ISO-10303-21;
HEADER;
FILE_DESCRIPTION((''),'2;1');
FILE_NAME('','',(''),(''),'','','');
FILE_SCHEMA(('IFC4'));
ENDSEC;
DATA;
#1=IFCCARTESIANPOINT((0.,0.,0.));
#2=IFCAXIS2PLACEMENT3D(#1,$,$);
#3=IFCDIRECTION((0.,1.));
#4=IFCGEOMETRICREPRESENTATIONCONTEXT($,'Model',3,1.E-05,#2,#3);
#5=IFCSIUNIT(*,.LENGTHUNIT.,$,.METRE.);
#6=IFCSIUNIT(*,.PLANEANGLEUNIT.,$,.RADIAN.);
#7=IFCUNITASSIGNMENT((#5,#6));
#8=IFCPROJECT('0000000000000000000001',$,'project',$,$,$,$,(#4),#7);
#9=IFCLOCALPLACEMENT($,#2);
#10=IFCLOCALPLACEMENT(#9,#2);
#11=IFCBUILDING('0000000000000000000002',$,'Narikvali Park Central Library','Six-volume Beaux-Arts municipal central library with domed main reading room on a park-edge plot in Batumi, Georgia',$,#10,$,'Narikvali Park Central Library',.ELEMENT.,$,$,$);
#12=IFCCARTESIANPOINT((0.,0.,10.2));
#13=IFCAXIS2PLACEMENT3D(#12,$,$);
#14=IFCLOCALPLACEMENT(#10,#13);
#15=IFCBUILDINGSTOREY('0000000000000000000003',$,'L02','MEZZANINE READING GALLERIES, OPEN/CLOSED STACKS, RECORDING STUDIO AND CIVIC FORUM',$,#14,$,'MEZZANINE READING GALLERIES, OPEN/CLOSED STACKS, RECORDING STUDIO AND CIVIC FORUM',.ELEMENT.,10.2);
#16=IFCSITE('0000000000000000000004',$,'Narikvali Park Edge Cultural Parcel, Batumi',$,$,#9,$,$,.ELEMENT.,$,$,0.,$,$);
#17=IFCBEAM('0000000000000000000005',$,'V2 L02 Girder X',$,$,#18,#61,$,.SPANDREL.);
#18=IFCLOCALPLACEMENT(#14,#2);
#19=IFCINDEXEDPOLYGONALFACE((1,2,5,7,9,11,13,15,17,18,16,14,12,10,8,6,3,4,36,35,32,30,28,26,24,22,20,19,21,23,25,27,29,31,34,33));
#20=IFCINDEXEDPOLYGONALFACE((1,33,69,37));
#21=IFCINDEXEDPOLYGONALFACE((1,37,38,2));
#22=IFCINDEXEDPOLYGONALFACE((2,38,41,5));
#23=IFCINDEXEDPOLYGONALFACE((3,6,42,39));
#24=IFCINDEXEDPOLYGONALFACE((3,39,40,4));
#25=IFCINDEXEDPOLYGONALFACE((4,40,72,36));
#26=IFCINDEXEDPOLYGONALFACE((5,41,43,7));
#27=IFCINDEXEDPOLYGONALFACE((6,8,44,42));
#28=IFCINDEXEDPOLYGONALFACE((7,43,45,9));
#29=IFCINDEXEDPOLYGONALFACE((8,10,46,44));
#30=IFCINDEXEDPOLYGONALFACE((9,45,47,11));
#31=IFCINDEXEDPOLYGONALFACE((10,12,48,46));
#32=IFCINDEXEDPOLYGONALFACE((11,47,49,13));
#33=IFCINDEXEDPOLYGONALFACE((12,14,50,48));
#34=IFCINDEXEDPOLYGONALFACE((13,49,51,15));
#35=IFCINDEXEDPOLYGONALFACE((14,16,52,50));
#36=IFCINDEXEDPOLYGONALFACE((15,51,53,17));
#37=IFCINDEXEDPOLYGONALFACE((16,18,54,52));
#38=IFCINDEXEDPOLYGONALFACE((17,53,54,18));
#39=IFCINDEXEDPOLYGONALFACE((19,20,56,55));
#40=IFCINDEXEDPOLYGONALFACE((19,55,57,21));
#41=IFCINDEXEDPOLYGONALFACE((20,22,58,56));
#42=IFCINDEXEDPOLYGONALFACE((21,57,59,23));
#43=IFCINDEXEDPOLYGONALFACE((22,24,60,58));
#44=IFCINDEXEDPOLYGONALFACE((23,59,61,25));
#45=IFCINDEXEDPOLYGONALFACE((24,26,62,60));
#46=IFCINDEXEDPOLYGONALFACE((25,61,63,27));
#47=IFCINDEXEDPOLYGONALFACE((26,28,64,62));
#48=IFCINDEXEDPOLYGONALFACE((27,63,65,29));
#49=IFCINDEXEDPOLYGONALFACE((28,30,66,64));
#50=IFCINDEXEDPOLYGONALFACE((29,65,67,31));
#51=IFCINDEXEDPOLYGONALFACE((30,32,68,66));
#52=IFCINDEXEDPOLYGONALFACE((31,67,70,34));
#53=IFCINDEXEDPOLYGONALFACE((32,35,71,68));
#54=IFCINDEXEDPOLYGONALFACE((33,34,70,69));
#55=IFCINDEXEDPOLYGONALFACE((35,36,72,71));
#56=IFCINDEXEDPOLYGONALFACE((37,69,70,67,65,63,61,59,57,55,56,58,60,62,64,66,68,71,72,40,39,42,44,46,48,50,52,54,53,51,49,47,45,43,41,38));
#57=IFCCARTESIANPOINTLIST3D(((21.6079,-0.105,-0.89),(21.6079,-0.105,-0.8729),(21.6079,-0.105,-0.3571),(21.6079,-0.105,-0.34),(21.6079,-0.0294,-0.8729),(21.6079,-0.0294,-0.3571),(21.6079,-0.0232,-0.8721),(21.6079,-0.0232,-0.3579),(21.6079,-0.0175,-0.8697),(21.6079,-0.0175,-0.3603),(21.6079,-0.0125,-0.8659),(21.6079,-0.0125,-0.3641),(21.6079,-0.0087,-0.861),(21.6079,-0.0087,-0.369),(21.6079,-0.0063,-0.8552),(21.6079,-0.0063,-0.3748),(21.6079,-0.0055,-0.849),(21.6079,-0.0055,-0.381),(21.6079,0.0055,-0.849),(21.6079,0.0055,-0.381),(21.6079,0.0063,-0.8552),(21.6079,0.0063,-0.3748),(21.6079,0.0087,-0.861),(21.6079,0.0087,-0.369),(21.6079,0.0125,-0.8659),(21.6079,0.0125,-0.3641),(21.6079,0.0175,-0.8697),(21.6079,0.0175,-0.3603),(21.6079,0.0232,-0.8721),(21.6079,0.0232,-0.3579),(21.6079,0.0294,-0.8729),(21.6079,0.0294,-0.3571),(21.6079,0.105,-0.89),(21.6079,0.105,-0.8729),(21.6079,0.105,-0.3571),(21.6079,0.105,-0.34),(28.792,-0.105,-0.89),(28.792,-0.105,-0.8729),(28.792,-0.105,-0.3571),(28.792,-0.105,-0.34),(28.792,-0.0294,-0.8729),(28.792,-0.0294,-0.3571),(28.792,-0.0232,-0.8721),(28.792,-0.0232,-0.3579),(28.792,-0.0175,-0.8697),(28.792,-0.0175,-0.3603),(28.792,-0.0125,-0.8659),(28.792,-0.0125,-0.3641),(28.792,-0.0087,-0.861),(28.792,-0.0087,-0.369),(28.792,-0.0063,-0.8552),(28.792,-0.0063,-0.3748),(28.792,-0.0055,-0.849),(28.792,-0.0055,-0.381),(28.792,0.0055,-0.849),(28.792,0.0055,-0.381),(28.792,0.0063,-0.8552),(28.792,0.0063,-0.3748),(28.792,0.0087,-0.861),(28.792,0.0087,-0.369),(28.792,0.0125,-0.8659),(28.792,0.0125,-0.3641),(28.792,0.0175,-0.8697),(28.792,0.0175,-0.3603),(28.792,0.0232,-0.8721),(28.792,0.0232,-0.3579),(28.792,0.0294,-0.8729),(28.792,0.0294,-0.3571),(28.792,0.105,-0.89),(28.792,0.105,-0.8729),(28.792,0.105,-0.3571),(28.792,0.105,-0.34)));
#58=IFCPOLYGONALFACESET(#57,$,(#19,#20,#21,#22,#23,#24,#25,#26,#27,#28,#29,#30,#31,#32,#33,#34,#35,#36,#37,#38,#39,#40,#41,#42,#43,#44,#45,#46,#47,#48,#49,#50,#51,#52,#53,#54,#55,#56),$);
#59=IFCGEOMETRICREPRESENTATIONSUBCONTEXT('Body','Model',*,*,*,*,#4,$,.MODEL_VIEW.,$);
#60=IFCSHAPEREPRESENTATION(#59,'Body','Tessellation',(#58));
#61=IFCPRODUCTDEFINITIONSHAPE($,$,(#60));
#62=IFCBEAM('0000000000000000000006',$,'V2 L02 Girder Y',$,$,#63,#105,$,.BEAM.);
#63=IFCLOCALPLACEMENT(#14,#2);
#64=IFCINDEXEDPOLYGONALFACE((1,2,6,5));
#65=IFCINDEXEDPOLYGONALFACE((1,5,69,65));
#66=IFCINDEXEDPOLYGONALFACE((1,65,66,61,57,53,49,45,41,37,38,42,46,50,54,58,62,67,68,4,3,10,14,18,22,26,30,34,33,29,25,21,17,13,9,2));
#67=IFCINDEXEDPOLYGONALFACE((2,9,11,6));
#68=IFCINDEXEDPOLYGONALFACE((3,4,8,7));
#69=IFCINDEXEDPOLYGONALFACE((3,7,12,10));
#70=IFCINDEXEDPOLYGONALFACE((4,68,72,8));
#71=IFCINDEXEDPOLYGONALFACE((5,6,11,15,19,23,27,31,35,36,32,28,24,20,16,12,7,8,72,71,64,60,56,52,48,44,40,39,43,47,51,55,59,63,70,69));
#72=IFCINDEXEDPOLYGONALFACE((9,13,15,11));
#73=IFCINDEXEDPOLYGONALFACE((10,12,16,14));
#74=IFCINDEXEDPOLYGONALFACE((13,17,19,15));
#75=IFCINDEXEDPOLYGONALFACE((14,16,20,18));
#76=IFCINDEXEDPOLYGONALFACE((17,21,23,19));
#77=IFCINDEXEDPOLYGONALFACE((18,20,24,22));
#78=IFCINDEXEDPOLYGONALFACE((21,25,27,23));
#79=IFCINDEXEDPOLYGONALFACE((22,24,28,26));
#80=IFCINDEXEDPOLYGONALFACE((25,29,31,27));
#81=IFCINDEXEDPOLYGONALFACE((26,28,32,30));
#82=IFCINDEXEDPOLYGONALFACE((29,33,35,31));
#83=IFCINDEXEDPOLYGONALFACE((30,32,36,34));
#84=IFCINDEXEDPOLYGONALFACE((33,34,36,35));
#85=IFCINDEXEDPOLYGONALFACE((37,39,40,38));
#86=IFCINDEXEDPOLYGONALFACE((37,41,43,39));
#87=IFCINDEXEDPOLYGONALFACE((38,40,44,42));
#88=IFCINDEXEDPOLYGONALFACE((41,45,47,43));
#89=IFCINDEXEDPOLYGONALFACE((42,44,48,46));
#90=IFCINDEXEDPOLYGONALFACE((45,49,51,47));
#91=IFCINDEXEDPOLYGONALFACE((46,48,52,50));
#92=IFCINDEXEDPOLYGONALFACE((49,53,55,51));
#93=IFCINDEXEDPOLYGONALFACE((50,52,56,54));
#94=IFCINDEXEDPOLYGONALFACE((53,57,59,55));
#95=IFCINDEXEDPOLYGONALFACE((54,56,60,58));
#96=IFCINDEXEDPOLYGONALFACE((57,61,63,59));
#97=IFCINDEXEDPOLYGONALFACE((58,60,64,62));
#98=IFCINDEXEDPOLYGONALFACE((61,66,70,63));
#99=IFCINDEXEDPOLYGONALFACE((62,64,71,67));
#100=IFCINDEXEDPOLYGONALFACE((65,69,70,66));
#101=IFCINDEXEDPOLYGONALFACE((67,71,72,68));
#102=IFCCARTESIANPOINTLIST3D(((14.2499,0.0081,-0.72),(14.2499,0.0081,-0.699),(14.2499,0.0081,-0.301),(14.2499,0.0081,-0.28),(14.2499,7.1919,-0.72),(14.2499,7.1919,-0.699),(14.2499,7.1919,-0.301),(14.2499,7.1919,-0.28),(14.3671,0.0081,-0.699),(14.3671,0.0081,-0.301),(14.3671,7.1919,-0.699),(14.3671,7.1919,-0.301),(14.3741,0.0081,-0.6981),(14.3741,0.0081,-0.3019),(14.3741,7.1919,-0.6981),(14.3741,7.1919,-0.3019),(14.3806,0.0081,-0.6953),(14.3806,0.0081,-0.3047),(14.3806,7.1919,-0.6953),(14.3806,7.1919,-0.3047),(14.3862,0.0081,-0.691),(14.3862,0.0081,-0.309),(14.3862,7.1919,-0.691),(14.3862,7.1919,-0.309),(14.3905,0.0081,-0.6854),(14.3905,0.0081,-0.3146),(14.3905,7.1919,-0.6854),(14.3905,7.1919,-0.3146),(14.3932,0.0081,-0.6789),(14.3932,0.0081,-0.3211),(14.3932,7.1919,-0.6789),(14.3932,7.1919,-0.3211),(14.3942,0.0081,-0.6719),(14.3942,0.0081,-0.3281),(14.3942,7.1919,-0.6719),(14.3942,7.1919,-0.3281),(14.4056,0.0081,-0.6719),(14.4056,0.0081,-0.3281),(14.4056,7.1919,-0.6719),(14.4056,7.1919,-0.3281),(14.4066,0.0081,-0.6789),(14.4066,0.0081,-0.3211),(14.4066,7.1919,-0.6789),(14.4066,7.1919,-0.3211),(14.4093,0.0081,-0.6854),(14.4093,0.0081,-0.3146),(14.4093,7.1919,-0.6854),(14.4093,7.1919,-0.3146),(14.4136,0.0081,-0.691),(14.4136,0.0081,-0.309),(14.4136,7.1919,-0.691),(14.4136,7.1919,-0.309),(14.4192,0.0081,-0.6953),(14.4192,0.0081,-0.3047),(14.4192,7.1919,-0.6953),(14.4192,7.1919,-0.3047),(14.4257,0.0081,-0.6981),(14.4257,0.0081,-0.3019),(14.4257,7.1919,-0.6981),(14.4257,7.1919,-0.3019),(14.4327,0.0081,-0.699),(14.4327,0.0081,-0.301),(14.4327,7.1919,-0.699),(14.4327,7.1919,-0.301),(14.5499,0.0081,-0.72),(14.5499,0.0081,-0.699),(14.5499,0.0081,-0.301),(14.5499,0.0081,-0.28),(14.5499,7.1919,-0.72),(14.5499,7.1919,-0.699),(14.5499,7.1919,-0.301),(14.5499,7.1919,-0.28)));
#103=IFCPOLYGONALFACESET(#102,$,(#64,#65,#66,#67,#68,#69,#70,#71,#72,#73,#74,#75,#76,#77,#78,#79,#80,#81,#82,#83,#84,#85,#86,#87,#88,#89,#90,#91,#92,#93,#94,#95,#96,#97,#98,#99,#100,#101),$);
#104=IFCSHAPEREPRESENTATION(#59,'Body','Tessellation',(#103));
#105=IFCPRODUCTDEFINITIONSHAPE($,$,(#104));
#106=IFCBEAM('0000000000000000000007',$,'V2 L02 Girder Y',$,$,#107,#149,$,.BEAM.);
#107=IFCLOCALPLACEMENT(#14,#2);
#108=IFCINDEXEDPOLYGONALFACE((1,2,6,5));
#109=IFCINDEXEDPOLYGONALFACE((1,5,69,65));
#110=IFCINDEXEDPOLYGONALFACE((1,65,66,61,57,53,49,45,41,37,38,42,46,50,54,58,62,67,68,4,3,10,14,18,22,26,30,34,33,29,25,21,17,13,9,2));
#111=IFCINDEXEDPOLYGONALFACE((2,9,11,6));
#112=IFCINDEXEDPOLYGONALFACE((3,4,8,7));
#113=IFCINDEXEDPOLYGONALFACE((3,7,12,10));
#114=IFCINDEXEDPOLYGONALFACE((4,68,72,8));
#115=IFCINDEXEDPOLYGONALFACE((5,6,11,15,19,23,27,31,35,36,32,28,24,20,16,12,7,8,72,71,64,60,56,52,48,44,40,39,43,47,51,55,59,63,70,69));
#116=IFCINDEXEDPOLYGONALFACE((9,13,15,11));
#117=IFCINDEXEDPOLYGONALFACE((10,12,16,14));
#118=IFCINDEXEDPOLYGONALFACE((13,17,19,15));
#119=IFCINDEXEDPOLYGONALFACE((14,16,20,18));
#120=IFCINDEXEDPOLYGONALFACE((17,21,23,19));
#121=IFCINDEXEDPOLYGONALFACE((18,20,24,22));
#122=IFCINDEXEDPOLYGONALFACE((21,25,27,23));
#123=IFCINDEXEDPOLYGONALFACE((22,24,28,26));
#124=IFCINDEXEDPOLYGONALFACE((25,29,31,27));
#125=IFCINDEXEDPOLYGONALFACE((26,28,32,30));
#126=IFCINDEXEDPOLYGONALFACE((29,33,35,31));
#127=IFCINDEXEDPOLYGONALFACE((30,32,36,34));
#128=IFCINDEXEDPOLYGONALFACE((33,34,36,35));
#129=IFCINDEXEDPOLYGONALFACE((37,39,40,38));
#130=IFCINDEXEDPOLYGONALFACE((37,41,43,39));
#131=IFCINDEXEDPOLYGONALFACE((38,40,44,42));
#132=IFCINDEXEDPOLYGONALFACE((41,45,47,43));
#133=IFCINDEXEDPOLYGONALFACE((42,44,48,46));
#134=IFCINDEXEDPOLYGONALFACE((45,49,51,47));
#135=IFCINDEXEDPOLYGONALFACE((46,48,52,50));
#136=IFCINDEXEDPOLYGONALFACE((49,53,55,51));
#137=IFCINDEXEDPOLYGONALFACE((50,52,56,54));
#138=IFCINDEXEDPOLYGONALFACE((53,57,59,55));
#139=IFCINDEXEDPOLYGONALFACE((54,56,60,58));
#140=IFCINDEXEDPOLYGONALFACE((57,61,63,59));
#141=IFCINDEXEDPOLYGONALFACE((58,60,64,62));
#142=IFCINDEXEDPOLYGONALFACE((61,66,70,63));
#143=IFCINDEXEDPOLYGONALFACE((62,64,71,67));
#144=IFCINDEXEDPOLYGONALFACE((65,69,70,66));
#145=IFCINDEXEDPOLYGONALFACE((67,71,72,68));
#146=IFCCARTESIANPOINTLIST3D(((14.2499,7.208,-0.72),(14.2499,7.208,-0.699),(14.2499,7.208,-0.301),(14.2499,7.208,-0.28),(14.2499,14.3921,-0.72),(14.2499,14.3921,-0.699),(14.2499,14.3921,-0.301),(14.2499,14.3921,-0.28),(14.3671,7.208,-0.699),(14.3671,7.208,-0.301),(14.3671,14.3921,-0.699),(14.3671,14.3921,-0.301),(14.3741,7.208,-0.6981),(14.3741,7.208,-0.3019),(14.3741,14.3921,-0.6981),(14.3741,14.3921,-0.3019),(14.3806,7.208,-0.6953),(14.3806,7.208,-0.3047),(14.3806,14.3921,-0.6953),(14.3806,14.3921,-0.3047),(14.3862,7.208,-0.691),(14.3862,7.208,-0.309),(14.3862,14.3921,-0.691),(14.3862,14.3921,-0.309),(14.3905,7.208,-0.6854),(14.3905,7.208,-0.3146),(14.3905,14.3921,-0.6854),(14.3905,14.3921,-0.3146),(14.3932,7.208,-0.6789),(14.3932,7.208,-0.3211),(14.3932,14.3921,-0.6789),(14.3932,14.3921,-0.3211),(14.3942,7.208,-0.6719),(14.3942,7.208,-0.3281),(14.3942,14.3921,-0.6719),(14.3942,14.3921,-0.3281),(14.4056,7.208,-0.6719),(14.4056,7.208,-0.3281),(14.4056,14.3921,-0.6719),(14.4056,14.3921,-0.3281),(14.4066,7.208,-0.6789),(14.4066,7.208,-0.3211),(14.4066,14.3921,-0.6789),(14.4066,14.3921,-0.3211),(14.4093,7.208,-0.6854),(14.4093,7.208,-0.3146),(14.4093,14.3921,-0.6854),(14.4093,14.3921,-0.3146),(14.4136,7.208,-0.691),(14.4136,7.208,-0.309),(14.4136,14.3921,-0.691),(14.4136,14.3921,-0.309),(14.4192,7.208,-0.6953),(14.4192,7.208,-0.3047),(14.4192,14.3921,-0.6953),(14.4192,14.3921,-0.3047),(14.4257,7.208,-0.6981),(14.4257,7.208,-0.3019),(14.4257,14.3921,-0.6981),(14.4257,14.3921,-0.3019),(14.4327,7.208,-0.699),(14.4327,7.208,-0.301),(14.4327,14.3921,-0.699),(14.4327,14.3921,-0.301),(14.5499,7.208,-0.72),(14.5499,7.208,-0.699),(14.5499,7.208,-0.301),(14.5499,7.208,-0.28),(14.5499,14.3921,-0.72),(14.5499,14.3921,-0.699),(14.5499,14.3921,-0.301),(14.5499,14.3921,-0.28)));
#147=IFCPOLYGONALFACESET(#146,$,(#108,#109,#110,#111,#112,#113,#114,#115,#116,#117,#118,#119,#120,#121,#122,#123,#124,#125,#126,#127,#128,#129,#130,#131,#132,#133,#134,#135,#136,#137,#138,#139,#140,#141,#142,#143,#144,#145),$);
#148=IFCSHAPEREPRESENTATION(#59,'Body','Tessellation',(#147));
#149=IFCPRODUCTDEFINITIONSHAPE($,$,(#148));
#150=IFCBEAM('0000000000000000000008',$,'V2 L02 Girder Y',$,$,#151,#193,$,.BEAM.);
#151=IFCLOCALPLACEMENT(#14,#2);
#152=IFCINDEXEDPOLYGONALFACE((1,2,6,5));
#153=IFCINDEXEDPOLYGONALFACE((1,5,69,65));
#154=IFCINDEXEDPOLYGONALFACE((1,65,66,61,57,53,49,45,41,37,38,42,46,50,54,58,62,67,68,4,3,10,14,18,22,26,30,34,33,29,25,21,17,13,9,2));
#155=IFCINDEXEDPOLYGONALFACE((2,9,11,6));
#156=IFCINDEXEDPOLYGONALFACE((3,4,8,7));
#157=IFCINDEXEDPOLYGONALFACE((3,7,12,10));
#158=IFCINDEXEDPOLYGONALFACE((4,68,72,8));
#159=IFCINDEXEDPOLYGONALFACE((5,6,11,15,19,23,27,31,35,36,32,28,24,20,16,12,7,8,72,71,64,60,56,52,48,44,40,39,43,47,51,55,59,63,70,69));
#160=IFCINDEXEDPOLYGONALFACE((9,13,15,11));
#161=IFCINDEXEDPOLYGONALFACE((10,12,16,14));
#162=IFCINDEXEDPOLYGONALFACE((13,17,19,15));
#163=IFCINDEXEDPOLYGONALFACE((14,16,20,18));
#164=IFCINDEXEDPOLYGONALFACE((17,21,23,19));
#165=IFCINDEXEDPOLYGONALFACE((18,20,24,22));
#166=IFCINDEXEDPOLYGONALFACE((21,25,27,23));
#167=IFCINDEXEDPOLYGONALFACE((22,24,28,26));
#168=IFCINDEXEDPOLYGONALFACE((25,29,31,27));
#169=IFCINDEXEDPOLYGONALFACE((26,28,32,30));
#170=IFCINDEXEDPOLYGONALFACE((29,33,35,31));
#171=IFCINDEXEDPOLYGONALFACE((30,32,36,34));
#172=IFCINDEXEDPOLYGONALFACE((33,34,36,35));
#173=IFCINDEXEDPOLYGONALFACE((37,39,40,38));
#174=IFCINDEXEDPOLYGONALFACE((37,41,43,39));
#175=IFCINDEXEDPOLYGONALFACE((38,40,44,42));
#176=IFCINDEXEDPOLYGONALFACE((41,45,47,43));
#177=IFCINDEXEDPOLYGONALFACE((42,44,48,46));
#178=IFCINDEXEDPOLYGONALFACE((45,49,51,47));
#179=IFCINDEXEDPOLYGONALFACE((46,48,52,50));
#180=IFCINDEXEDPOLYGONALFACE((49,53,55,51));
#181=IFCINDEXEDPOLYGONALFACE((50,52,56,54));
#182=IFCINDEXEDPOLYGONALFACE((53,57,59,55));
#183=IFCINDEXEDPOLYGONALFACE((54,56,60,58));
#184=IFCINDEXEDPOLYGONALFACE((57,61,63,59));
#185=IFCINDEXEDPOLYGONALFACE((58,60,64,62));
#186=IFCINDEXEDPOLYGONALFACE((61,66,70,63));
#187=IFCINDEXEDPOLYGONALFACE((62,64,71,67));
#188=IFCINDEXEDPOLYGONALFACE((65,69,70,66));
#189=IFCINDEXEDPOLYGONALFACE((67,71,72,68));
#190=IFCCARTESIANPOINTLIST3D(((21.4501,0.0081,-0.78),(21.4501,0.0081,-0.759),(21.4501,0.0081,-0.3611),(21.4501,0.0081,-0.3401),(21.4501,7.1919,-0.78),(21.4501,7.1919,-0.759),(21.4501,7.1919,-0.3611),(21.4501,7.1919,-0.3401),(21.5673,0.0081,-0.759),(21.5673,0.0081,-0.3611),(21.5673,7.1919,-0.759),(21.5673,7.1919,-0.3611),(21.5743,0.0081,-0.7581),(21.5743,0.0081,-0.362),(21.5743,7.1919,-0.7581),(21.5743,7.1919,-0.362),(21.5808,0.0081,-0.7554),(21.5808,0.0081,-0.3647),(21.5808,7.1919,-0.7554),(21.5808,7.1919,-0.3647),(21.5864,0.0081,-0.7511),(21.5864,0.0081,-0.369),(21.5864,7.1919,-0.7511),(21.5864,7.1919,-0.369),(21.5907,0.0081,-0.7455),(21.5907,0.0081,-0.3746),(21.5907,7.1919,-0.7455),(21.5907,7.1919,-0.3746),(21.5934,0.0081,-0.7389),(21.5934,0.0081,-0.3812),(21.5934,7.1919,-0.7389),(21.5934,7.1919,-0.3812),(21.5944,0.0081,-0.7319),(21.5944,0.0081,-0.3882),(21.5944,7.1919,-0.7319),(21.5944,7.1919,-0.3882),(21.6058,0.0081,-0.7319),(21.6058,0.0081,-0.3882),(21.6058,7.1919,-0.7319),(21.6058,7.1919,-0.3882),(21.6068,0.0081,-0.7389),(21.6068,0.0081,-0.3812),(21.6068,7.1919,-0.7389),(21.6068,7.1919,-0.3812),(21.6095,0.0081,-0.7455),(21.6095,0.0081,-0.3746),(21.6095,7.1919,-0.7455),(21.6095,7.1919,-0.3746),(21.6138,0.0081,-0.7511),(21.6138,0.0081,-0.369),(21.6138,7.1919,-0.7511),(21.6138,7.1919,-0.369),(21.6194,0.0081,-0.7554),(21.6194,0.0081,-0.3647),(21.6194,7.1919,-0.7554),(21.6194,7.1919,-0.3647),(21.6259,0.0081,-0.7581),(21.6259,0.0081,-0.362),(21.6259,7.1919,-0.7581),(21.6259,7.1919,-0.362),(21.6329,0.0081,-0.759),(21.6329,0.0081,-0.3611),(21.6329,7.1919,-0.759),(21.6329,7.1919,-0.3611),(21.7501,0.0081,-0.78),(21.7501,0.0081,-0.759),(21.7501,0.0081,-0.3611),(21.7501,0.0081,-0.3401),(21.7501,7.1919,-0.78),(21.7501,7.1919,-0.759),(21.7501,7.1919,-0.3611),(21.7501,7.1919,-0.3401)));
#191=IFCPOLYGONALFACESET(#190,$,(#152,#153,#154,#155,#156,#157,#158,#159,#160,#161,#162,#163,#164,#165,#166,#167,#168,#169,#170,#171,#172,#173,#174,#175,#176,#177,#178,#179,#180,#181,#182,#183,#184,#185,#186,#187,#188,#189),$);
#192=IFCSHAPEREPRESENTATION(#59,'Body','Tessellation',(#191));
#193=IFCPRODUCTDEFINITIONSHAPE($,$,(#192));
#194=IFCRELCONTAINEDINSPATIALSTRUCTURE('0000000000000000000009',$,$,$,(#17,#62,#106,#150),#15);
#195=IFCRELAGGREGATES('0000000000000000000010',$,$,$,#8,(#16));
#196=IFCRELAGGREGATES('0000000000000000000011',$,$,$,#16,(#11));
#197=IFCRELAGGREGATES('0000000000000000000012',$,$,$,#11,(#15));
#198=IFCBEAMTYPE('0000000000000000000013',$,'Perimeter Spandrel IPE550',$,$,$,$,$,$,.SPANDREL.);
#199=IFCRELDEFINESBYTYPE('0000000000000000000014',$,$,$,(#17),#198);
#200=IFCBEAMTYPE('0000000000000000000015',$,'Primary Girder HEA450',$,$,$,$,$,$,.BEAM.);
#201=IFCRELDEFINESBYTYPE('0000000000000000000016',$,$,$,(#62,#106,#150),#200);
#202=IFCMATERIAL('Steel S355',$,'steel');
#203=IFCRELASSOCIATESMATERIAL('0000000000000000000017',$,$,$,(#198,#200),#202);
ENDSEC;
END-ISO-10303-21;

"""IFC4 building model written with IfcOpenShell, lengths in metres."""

from ifc_helpers import new_model, si_unit, direction, frame, origin, origin_2d, place, context, subcontext, project, spatial, i_section, extrude, material, material_profile, profile_set, type_object, element, save


model = new_model("IFC4")

# Units and contexts
model_context = context("Model", 3, precision=1e-05, world=origin(), true_north=direction((0.0, 1.0)))
body_context = subcontext(model_context, "Body", "Model", "MODEL_VIEW")
ifc_project = project(units=[si_unit("LENGTHUNIT", "METRE"), si_unit("PLANEANGLEUNIT", "RADIAN")], contexts=[model_context])

# Site, building, storey
site_placement = place(None, origin())
site = spatial("IfcSite", under=ifc_project, at=site_placement, Name="Narikvali Park Edge Cultural Parcel, Batumi", CompositionType="ELEMENT", RefElevation=0.0)
building_placement = place(site_placement, origin())
building = spatial("IfcBuilding", under=site, at=building_placement, Name="Narikvali Park Central Library", Description="Six-volume Beaux-Arts municipal central library with domed main reading room on a park-edge plot in Batumi, Georgia", LongName="Narikvali Park Central Library", CompositionType="ELEMENT")
storey_placement = place(building_placement, frame((0.0, 0.0, 10.2)))
storey = spatial("IfcBuildingStorey", under=building, at=storey_placement, Name="L02", Description="MEZZANINE READING GALLERIES, OPEN/CLOSED STACKS, RECORDING STUDIO AND CIVIC FORUM", LongName="MEZZANINE READING GALLERIES, OPEN/CLOSED STACKS, RECORDING STUDIO AND CIVIC FORUM", CompositionType="ELEMENT", Elevation=10.2)

# Shared definitions
ifc_material_1 = material(Name="Steel S355", Category="steel")

# Beams
ifc_material_profile_1 = material_profile(ifc_material_1, i_section(OverallWidth=0.21, OverallDepth=0.55, WebThickness=0.011, FlangeThickness=0.0171, FilletRadius=0.0239, at=origin_2d()), Name="IPE 550")
ifc_profile_set_1 = profile_set([ifc_material_profile_1], Name="Steel S355")
beam_type_1 = type_object("IfcBeamType", Name="Perimeter Spandrel IPE550", PredefinedType="SPANDREL", material=ifc_profile_set_1)
for number, where, z_axis, x_axis, name in (
    (1, (21.6079, 0.0, -0.615), (1.0, 0.0, 0.0), (0.0, 1.0, 0.0), "V2 L02 Girder X"),
):
    element("IfcBeam", number, at=place(storey_placement, frame(where, z_axis=z_axis, x_axis=x_axis)), inside=storey, type_object=beam_type_1, Name=name, PredefinedType="SPANDREL", context=body_context, shape_type="SweptSolid", body=[
        extrude(i_section(OverallWidth=0.21, OverallDepth=0.55, WebThickness=0.011, FlangeThickness=0.0171, FilletRadius=0.0239, at=origin_2d()), origin(), (0.0, 0.0, 1.0), 7.1841),
    ])
ifc_material_profile_2 = material_profile(ifc_material_1, i_section(OverallWidth=0.3, OverallDepth=0.4399, WebThickness=0.0115, FlangeThickness=0.021, FilletRadius=0.0271, at=origin_2d()), Name="HEA 450")
ifc_profile_set_2 = profile_set([ifc_material_profile_2], Name="Steel S355")
beam_type_2 = type_object("IfcBeamType", Name="Primary Girder HEA450", PredefinedType="BEAM", material=ifc_profile_set_2)
beam_1_placement = place(storey_placement, frame((14.3999, 0.0081, -0.5), z_axis=(0.0, 1.0, 0.0), x_axis=(-1.0, 0.0, 0.0)))
element("IfcBeam", 2, at=beam_1_placement, inside=storey, type_object=beam_type_2, Name="V2 L02 Girder Y", PredefinedType="BEAM", context=body_context, shape_type="SweptSolid", body=[
    extrude(i_section(OverallWidth=0.3, OverallDepth=0.4399, WebThickness=0.0115, FlangeThickness=0.021, FilletRadius=0.0271, at=origin_2d()), origin(), (0.0, 0.0, 1.0), 7.1838),
])
beam_2_placement = place(storey_placement, frame((14.3999, 7.208, -0.5), z_axis=(0.0, 1.0, 0.0), x_axis=(-1.0, 0.0, 0.0)))
element("IfcBeam", 3, at=beam_2_placement, inside=storey, type_object=beam_type_2, Name="V2 L02 Girder Y", PredefinedType="BEAM", context=body_context, shape_type="SweptSolid", body=[
    extrude(i_section(OverallWidth=0.3, OverallDepth=0.4399, WebThickness=0.0115, FlangeThickness=0.021, FilletRadius=0.0271, at=origin_2d()), origin(), (0.0, 0.0, 1.0), 7.1841),
])
beam_3_placement = place(storey_placement, frame((21.6001, 0.0081, -0.5601), z_axis=(0.0, 1.0, 0.0), x_axis=(-1.0, 0.0, 0.0)))
element("IfcBeam", 4, at=beam_3_placement, inside=storey, type_object=beam_type_2, Name="V2 L02 Girder Y", PredefinedType="BEAM", context=body_context, shape_type="SweptSolid", body=[
    extrude(i_section(OverallWidth=0.3, OverallDepth=0.4399, WebThickness=0.0115, FlangeThickness=0.021, FilletRadius=0.0271, at=origin_2d()), origin(), (0.0, 0.0, 1.0), 7.1838),
])

save(model, "model.ifc")
